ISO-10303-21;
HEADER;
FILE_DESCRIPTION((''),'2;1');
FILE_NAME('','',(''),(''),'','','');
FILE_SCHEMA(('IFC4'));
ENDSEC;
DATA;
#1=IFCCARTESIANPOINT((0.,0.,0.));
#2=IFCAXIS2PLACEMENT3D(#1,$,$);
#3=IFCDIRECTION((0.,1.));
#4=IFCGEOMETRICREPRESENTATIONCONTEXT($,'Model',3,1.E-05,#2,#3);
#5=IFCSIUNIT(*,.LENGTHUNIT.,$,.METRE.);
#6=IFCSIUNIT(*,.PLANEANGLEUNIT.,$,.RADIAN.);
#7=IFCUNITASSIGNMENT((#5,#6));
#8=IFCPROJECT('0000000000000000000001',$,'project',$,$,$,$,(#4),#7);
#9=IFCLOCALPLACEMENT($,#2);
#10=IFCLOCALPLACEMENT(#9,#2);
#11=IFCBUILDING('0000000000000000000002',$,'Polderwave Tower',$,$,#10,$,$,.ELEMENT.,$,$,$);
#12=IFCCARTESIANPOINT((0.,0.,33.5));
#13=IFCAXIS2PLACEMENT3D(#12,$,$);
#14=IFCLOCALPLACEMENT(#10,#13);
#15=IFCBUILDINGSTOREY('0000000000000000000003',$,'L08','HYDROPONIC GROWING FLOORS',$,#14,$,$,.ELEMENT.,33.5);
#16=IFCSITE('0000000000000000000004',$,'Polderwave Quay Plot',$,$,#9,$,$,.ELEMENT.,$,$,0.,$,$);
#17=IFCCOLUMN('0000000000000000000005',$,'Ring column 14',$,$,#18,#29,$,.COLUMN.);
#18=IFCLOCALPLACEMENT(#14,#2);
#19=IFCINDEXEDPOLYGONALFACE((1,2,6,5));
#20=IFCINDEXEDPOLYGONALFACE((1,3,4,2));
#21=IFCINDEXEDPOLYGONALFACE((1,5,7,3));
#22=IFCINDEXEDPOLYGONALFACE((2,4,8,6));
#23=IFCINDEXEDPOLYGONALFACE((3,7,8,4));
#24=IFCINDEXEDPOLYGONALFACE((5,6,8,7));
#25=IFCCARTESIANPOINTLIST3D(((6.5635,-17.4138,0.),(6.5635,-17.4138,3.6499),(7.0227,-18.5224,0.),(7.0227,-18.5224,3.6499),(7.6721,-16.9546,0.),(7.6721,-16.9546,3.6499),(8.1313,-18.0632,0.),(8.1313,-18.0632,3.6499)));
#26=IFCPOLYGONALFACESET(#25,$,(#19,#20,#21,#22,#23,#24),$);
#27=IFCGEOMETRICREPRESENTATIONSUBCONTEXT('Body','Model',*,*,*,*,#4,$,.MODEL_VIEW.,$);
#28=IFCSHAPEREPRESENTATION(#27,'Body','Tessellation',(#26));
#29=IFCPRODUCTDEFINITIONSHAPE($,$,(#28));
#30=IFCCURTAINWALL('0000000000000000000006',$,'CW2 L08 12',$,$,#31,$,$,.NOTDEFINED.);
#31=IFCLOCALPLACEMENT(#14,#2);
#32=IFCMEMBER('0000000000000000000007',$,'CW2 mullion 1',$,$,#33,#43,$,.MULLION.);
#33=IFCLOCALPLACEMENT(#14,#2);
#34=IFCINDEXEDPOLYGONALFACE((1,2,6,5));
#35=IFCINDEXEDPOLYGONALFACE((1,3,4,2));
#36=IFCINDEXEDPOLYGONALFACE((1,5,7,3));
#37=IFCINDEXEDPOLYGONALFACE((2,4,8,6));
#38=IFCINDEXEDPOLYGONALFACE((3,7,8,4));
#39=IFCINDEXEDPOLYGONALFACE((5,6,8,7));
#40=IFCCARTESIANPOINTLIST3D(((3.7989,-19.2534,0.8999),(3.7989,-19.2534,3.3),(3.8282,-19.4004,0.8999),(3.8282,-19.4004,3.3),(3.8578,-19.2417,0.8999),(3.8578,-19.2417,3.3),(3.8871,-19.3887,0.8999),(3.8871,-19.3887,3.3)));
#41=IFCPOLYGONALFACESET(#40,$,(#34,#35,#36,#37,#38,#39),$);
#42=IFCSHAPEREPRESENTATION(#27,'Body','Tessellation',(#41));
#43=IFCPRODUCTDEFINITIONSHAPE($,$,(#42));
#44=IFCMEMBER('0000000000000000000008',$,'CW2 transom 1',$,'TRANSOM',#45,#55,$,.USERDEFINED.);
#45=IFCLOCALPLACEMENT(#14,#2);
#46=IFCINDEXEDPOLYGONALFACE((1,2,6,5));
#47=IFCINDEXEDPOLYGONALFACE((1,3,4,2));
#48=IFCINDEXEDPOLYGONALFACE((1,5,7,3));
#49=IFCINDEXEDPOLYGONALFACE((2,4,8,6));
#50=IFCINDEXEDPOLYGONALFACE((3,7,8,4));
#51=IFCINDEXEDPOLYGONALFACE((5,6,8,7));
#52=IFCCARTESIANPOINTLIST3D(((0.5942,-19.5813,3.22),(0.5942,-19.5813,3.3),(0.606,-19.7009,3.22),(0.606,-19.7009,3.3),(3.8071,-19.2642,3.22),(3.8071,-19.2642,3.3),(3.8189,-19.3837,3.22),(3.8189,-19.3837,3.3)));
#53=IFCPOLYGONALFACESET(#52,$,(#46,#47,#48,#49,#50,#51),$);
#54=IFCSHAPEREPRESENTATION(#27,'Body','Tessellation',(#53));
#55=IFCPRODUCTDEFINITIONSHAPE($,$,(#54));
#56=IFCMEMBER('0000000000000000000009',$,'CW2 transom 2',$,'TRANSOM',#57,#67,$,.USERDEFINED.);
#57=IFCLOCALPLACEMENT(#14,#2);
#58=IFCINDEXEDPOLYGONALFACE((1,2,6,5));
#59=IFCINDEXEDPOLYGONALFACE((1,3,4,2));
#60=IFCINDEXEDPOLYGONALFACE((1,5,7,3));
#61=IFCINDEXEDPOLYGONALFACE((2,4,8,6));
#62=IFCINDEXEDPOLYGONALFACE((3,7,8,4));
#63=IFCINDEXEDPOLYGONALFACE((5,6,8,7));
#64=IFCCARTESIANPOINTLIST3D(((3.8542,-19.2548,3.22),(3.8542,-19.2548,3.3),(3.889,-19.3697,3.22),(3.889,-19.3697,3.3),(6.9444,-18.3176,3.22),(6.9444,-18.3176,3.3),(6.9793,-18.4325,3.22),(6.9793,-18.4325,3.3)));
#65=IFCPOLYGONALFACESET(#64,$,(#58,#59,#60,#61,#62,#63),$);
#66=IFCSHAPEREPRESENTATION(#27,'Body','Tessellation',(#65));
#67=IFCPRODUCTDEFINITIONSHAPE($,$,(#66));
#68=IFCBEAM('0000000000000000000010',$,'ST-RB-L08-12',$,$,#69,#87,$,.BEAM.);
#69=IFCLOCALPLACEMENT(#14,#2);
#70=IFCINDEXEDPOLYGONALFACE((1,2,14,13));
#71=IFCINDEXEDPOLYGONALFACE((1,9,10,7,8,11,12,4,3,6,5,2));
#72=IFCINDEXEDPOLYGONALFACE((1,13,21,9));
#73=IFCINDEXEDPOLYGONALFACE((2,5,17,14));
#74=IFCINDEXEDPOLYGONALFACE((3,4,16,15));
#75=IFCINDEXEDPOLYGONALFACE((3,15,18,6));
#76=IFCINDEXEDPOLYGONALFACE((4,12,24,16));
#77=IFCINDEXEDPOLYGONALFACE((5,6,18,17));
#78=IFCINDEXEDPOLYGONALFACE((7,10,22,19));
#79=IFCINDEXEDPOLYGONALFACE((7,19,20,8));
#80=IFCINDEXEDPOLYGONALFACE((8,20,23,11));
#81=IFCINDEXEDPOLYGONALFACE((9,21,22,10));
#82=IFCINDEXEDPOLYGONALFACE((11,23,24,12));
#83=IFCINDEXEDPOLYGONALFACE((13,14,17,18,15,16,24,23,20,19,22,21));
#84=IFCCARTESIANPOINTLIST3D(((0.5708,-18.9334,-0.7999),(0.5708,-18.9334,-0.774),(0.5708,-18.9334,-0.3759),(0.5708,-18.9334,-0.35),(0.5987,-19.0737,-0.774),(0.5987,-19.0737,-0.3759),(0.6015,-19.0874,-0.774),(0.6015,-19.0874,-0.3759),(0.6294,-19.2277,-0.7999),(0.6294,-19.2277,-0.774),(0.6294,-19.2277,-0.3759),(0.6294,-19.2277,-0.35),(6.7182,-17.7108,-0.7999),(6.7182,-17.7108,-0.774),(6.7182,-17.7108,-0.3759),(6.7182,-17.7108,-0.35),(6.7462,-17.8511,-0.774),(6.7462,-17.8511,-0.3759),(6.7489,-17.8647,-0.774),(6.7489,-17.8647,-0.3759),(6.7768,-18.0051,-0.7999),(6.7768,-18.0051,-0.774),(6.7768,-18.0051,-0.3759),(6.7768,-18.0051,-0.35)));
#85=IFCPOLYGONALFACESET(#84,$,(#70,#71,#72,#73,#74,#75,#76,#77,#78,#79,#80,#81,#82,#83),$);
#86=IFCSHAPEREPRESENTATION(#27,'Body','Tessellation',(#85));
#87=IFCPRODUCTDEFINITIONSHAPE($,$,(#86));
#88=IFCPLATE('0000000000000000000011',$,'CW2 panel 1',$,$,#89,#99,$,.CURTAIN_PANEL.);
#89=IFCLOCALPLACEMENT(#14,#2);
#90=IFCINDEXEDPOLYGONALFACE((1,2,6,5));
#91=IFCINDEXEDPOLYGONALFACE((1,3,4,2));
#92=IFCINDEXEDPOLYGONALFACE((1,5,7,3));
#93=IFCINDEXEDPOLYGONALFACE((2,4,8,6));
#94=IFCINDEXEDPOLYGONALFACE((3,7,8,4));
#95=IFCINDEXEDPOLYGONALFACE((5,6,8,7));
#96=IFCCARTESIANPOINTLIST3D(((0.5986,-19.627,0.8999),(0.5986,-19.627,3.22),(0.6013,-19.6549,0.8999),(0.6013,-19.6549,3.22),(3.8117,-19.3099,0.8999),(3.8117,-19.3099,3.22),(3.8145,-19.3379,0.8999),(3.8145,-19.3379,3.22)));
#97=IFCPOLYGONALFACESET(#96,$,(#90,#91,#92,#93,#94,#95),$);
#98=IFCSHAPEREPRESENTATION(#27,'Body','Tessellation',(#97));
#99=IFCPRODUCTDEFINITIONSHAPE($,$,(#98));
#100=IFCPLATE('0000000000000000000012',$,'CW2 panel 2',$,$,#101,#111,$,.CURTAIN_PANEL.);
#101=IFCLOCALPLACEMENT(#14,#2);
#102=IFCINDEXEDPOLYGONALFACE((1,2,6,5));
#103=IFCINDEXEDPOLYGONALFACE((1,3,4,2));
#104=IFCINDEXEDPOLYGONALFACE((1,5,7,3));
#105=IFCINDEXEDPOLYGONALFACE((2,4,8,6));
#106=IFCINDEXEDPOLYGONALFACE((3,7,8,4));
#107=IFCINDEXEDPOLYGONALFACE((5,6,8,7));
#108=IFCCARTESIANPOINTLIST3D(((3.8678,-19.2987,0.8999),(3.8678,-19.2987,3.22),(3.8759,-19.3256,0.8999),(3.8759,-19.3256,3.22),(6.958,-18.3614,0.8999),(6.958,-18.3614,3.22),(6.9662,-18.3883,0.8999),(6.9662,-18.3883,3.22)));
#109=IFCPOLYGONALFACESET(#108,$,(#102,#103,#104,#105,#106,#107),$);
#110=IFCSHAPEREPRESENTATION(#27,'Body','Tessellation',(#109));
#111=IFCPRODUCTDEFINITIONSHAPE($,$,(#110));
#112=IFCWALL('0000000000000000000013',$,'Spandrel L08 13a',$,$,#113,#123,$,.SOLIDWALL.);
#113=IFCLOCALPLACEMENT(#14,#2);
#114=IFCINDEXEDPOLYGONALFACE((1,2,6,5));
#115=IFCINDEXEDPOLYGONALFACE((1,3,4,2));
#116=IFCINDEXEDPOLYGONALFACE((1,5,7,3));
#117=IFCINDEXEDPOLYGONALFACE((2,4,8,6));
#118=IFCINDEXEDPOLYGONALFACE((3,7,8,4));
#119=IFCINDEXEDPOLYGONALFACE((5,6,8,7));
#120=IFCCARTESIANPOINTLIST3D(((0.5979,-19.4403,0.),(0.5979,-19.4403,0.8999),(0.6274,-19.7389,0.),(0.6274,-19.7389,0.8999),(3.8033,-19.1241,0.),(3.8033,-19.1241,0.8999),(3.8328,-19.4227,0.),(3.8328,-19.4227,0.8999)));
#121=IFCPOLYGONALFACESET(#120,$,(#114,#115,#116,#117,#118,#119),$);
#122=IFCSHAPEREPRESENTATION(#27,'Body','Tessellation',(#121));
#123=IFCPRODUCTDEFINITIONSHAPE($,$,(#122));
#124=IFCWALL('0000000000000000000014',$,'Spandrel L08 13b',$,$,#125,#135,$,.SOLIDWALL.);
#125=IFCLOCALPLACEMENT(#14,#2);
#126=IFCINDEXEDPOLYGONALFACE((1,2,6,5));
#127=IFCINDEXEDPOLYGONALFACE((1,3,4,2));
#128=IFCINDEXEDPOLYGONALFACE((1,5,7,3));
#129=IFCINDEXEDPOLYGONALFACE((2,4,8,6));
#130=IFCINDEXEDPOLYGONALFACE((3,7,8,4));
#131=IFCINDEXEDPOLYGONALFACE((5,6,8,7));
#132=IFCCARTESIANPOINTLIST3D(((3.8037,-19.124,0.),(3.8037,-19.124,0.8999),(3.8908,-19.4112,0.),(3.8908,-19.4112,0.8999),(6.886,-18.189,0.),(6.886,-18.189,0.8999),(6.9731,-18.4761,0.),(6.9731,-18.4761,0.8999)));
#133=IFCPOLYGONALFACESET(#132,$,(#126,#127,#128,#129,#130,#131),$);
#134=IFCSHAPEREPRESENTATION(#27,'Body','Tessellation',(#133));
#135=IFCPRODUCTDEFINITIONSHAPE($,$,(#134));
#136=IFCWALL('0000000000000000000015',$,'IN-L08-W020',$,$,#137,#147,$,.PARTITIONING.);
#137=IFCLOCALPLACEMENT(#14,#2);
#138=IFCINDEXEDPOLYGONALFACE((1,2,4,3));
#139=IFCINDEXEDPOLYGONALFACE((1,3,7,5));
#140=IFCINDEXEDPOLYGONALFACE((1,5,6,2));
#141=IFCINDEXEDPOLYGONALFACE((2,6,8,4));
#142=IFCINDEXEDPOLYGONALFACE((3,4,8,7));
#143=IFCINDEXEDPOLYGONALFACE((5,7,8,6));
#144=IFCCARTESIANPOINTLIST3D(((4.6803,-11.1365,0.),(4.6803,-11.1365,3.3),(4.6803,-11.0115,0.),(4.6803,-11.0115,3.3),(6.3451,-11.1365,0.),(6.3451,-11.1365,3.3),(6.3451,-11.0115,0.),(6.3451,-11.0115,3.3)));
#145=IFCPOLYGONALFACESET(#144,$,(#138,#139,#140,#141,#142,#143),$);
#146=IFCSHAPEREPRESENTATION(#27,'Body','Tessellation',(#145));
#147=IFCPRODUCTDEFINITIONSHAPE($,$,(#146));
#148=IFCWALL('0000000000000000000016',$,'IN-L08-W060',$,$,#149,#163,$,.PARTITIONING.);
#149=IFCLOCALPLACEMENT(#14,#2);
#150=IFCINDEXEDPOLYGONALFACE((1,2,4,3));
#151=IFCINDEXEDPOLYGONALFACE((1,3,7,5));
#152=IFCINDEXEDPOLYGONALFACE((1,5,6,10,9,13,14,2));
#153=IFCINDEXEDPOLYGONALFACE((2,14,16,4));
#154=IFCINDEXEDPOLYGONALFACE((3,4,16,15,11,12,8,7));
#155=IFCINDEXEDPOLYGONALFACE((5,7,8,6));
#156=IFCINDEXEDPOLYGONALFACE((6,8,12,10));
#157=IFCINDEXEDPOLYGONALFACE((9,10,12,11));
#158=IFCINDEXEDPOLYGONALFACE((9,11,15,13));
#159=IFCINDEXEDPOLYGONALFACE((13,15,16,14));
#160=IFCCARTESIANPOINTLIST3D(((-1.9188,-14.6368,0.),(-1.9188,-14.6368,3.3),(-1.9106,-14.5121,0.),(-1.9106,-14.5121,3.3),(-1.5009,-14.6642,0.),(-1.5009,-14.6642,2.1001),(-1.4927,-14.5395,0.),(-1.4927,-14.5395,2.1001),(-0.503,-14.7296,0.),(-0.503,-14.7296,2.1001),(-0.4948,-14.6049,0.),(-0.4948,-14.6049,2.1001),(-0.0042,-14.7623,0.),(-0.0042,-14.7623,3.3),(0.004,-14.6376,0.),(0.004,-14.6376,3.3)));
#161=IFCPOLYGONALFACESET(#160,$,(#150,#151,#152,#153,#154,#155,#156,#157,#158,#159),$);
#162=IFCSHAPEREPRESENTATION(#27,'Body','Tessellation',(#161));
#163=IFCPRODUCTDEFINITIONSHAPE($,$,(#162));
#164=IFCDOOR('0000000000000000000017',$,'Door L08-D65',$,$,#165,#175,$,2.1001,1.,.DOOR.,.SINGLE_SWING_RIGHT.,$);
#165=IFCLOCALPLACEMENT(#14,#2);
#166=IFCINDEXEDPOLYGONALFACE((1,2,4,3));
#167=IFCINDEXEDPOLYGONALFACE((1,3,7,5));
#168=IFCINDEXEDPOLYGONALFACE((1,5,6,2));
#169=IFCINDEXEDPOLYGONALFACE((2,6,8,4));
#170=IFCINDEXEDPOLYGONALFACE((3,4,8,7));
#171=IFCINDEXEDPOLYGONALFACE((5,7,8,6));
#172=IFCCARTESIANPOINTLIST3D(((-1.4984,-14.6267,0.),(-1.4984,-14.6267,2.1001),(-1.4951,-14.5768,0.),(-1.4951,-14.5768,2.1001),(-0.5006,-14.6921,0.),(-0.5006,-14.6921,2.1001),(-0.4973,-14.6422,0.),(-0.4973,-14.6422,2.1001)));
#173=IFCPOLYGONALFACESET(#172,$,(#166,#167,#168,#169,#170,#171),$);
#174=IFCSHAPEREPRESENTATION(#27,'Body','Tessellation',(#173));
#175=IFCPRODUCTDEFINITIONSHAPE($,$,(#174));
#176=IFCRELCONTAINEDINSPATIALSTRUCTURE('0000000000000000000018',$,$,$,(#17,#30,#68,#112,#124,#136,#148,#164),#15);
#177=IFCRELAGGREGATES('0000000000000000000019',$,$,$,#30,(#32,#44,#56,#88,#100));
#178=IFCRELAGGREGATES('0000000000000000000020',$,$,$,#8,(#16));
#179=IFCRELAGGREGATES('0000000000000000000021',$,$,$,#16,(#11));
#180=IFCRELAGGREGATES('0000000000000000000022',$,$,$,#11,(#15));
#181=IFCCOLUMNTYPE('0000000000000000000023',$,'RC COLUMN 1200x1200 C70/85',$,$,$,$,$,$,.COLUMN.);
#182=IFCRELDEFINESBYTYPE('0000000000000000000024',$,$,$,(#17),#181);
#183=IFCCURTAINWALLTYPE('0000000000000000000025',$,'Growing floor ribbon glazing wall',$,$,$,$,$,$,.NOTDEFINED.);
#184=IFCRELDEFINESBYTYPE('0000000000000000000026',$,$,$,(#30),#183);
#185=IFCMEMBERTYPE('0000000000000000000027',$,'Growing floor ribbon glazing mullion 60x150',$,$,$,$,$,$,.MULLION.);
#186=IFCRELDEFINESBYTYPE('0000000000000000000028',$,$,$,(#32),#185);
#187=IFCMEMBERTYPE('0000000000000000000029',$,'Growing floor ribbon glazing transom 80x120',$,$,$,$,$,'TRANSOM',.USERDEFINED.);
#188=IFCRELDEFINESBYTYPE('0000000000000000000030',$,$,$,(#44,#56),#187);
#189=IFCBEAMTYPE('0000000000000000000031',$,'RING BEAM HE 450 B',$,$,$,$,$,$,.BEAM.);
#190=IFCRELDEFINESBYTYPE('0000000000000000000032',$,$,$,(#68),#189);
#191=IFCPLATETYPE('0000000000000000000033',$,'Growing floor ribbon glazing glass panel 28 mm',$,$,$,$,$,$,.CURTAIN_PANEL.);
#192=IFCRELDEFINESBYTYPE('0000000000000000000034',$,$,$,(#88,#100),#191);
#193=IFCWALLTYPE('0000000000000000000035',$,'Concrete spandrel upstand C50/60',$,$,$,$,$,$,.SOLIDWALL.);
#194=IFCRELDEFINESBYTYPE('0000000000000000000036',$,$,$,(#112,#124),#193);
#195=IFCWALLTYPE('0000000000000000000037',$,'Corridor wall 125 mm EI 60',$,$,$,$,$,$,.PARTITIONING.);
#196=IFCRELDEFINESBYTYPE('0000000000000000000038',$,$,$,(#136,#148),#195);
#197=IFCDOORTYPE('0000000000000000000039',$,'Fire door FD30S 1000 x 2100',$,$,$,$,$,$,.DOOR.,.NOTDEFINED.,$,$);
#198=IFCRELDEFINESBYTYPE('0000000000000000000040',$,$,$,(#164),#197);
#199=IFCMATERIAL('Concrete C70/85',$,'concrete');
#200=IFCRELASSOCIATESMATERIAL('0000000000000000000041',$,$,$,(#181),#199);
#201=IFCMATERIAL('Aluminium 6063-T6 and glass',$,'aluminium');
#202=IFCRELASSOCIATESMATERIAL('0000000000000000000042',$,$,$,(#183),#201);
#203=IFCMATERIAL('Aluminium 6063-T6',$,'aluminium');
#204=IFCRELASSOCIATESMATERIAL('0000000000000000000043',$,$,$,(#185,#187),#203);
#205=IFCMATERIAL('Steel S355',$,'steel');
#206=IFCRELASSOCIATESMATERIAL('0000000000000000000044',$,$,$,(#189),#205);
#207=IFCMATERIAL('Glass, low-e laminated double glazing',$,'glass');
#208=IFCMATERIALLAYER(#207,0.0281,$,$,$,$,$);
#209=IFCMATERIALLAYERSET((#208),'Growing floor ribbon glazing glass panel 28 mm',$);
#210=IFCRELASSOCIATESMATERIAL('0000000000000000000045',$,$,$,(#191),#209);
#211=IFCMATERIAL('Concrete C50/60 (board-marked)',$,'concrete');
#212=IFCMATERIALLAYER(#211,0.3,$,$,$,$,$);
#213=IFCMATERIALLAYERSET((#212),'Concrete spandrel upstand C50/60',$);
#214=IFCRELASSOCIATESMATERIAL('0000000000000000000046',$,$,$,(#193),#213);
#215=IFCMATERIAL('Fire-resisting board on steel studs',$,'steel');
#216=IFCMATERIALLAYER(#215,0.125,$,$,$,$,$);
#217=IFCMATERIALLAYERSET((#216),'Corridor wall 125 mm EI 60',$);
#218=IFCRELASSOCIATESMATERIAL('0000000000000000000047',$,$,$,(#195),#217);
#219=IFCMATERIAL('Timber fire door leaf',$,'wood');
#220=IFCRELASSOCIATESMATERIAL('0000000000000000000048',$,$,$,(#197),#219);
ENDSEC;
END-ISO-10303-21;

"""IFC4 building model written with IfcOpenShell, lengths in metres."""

from ifc_helpers import new_model, si_unit, direction, frame, frame_2d, origin, origin_2d, place, context, subcontext, project, spatial, rectangle, i_section, extrude, material, layer, layer_set, material_profile, profile_set, type_object, element, fill, aggregate, save


model = new_model("IFC4")

# Units and contexts
model_context = context("Model", 3, precision=1e-05, world=origin(), true_north=direction((0.0, 1.0)))
body_context = subcontext(model_context, "Body", "Model", "MODEL_VIEW")
ifc_project = project(units=[si_unit("LENGTHUNIT", "METRE"), si_unit("PLANEANGLEUNIT", "RADIAN")], contexts=[model_context])

# Site, building, storey
site_placement = place(None, origin())
site = spatial("IfcSite", under=ifc_project, at=site_placement, Name="Polderwave Quay Plot", CompositionType="ELEMENT", RefElevation=0.0)
building_placement = place(site_placement, origin())
building = spatial("IfcBuilding", under=site, at=building_placement, Name="Polderwave Tower", CompositionType="ELEMENT")
storey_placement = place(building_placement, frame((0.0, 0.0, 33.5)))
storey = spatial("IfcBuildingStorey", under=building, at=storey_placement, Name="L08", Description="HYDROPONIC GROWING FLOORS", CompositionType="ELEMENT", Elevation=33.5)

# Column
ifc_material_1 = material(Name="Concrete C70/85", Category="concrete")
ifc_material_profile_1 = material_profile(ifc_material_1, rectangle(XDim=1.2, YDim=1.2, at=origin_2d()), Name="RC 1200x1200")
ifc_profile_set_1 = profile_set([ifc_material_profile_1], Name="Concrete C70/85")
column_type = type_object("IfcColumnType", Name="RC COLUMN 1200x1200 C70/85", PredefinedType="COLUMN", material=ifc_profile_set_1)
column_placement = place(storey_placement, frame((7.3474, -17.7385, 0.0), z_axis=(0.0, 0.0, 1.0), x_axis=(0.382683, -0.92388, 0.0)))
element("IfcColumn", 1, at=column_placement, inside=storey, type_object=column_type, Name="Ring column 14", PredefinedType="COLUMN", context=body_context, shape_type="SweptSolid", body=[
    extrude(rectangle(XDim=1.2, YDim=1.2, at=origin_2d()), origin(), (0.0, 0.0, 1.0), 3.6499),
])

# Curtain wall, members
ifc_material_2 = material(Name="Aluminium 6063-T6 and glass", Category="aluminium")
curtain_wall_type = type_object("IfcCurtainWallType", Name="Growing floor ribbon glazing wall", PredefinedType="NOTDEFINED", material=ifc_material_2)
curtain_wall_placement = place(storey_placement, origin())
curtain_wall = element("IfcCurtainWall", 2, at=curtain_wall_placement, inside=storey, type_object=curtain_wall_type, Name="CW2 L08 12", PredefinedType="NOTDEFINED")
ifc_material_3 = material(Name="Aluminium 6063-T6", Category="aluminium")
ifc_material_profile_2 = material_profile(ifc_material_3, rectangle(XDim=0.1499, YDim=0.0601, at=origin_2d()), Name="AL 60x150")
ifc_profile_set_2 = profile_set([ifc_material_profile_2], Name="Aluminium 6063-T6")
member_type_1 = type_object("IfcMemberType", Name="Growing floor ribbon glazing mullion 60x150", PredefinedType="MULLION", material=ifc_profile_set_2)
member_1_placement = place(storey_placement, frame((3.843, -19.321, 0.8999), z_axis=(0.0, 0.0, 1.0), x_axis=(-0.195159, 0.980772, 0.0)))
member_1 = element("IfcMember", 3, at=member_1_placement, type_object=member_type_1, Name="CW2 mullion 1", PredefinedType="MULLION", context=body_context, shape_type="SweptSolid", body=[
    extrude(rectangle(XDim=0.1499, YDim=0.0601, at=origin_2d()), origin(), (0.0, 0.0, 1.0), 2.4001),
])
ifc_material_profile_3 = material_profile(ifc_material_3, rectangle(XDim=0.1201, YDim=0.0801, at=origin_2d()), Name="AL 80x120")
ifc_profile_set_3 = profile_set([ifc_material_profile_3], Name="Aluminium 6063-T6")
member_type_2 = type_object("IfcMemberType", Name="Growing floor ribbon glazing transom 80x120", ElementType="TRANSOM", PredefinedType="USERDEFINED", material=ifc_profile_set_3)
member_2_placement = place(storey_placement, frame((0.6001, -19.6411, 3.26), z_axis=(0.995164, 0.098231, 0.0), x_axis=(-0.098231, 0.995164, 0.0)))
member_2 = element("IfcMember", 4, at=member_2_placement, type_object=member_type_2, Name="CW2 transom 1", ObjectType="TRANSOM", PredefinedType="USERDEFINED", context=body_context, shape_type="SweptSolid", body=[
    extrude(rectangle(XDim=0.1201, YDim=0.0801, at=origin_2d()), origin(), (0.0, 0.0, 1.0), 3.2285),
])
member_3_placement = place(storey_placement, frame((3.8716, -19.3123, 3.26), z_axis=(0.956956, 0.290232, 0.0), x_axis=(-0.290232, 0.956956, 0.0)))
member_3 = element("IfcMember", 5, at=member_3_placement, type_object=member_type_2, Name="CW2 transom 2", ObjectType="TRANSOM", PredefinedType="USERDEFINED", context=body_context, shape_type="SweptSolid", body=[
    extrude(rectangle(XDim=0.1201, YDim=0.0801, at=origin_2d()), origin(), (0.0, 0.0, 1.0), 3.2292),
])

# Beam
ifc_material_4 = material(Name="Steel S355", Category="steel")
ifc_material_profile_4 = material_profile(ifc_material_4, i_section(OverallWidth=0.3, OverallDepth=0.45, WebThickness=0.0139, FlangeThickness=0.0259, at=origin_2d()), Name="HE 450 B")
ifc_profile_set_4 = profile_set([ifc_material_profile_4], Name="Steel S355")
beam_type = type_object("IfcBeamType", Name="RING BEAM HE 450 B", PredefinedType="BEAM", material=ifc_profile_set_4)
beam_placement = place(storey_placement, frame((0.6001, -19.0806, -0.575), z_axis=(0.98079, 0.195067, 0.0), x_axis=(-0.195067, 0.98079, 0.0)))
element("IfcBeam", 6, at=beam_placement, inside=storey, type_object=beam_type, Name="ST-RB-L08-12", PredefinedType="BEAM", context=body_context, shape_type="SweptSolid", body=[
    extrude(i_section(OverallWidth=0.3, OverallDepth=0.45, WebThickness=0.0139, FlangeThickness=0.0259, at=origin_2d()), origin(), (0.0, 0.0, 1.0), 6.2678),
])

# Plates
ifc_material_5 = material(Name="Glass, low-e laminated double glazing", Category="glass")
ifc_layer_1 = layer(ifc_material_5, 0.0281)
ifc_layer_set_1 = layer_set([ifc_layer_1], Name="Growing floor ribbon glazing glass panel 28 mm")
plate_type = type_object("IfcPlateType", Name="Growing floor ribbon glazing glass panel 28 mm", PredefinedType="CURTAIN_PANEL", material=ifc_layer_set_1)
plate_1_placement = place(storey_placement, frame((2.2065, -19.4824, 0.8999), z_axis=(0.0, 0.0, 1.0), x_axis=(0.995167, 0.098198, 0.0)))
plate_1 = element("IfcPlate", 7, at=plate_1_placement, type_object=plate_type, Name="CW2 panel 1", PredefinedType="CURTAIN_PANEL", context=body_context, shape_type="SweptSolid", body=[
    extrude(rectangle(XDim=3.2288, YDim=0.0281, at=origin_2d()), origin(), (0.0, 0.0, 1.0), 2.3201),
])
plate_2_placement = place(storey_placement, frame((5.417, -18.8435, 0.8999), z_axis=(0.0, 0.0, 1.0), x_axis=(0.956952, 0.290246, 0.0)))
plate_2 = element("IfcPlate", 8, at=plate_2_placement, type_object=plate_type, Name="CW2 panel 2", PredefinedType="CURTAIN_PANEL", context=body_context, shape_type="SweptSolid", body=[
    extrude(rectangle(XDim=3.2292, YDim=0.0281, at=origin_2d()), origin(), (0.0, 0.0, 1.0), 2.3201),
])
aggregate(curtain_wall, [member_1, member_2, member_3, plate_1, plate_2])

# Walls
ifc_material_6 = material(Name="Concrete C50/60 (board-marked)", Category="concrete")
ifc_layer_2 = layer(ifc_material_6, 0.3)
ifc_layer_set_2 = layer_set([ifc_layer_2], Name="Concrete spandrel upstand C50/60")
wall_type_1 = type_object("IfcWallType", Name="Concrete spandrel upstand C50/60", PredefinedType="SOLIDWALL", material=ifc_layer_set_2)
for number, where, z_axis, x_axis, name in (
    (9, (0.6128, -19.5896, 0.0), (0.0, 0.0, 1.0), (0.995171, 0.09816, 0.0), "Spandrel L08 13a"),
    (10, (3.8474, -19.2676, 0.0), (0.0, 0.0, 1.0), (0.956935, 0.290302, 0.0), "Spandrel L08 13b"),
):
    element("IfcWall", number, at=place(storey_placement, frame(where, z_axis=z_axis, x_axis=x_axis)), inside=storey, type_object=wall_type_1, Name=name, PredefinedType="SOLIDWALL", context=body_context, shape_type="SweptSolid", body=[
        extrude(rectangle(XDim=3.2209, YDim=0.3, at=frame_2d((1.6104, 0.0))), origin(), (0.0, 0.0, 1.0), 0.8999),
    ])
ifc_material_7 = material(Name="Fire-resisting board on steel studs", Category="steel")
ifc_layer_3 = layer(ifc_material_7, 0.125)
ifc_layer_set_3 = layer_set([ifc_layer_3], Name="Corridor wall 125 mm EI 60")
wall_type_2 = type_object("IfcWallType", Name="Corridor wall 125 mm EI 60", PredefinedType="PARTITIONING", material=ifc_layer_set_3)
wall_1_placement = place(storey_placement, frame((6.3452, -11.074, 0.0), z_axis=(0.0, 0.0, 1.0), x_axis=(-1.0, 0.0, 0.0)))
element("IfcWall", 11, at=wall_1_placement, inside=storey, type_object=wall_type_2, Name="IN-L08-W020", PredefinedType="PARTITIONING", context=body_context, shape_type="SweptSolid", body=[
    extrude(rectangle(XDim=1.6648, YDim=0.125, at=frame_2d((0.8325, 0.0))), origin(), (0.0, 0.0, 1.0), 3.3),
])

# Wall, opening, door
wall_2_placement = place(storey_placement, frame((0.0, -14.7, 0.0), z_axis=(0.0, 0.0, 1.0), x_axis=(-0.997859, 0.065404, 0.0)))
wall_2 = element("IfcWall", 12, at=wall_2_placement, inside=storey, type_object=wall_type_2, Name="IN-L08-W060", PredefinedType="PARTITIONING", context=body_context, shape_type="SweptSolid", body=[
    extrude(rectangle(XDim=1.9187, YDim=0.125, at=frame_2d((0.9595, 0.0))), origin(), (0.0, 0.0, 1.0), 3.3),
])
opening_1_placement = place(wall_2_placement, frame((0.5, 0.0, 0.0)))
opening_1 = element("IfcOpeningElement", 13, at=opening_1_placement, cuts=wall_2, PredefinedType="OPENING", context=body_context, shape_type="SweptSolid", body=[
    extrude(rectangle(XDim=1.0, YDim=2.1001, at=frame_2d((0.5, 1.05))), frame((0.0, 0.0725, 0.0), z_axis=(0.0, -1.0, 0.0), x_axis=(1.0, 0.0, 0.0)), (0.0, 0.0, 1.0), 0.145),
])
ifc_material_8 = material(Name="Timber fire door leaf", Category="wood")
door_type = type_object("IfcDoorType", Name="Fire door FD30S 1000 x 2100", OperationType="NOTDEFINED", PredefinedType="DOOR", material=ifc_material_8)
door_1_placement = place(opening_1_placement, origin())
door_1 = element("IfcDoor", 14, at=door_1_placement, inside=storey, type_object=door_type, Name="Door L08-D65", OperationType="SINGLE_SWING_RIGHT", OverallHeight=2.1001, OverallWidth=1.0, PredefinedType="DOOR", context=body_context, shape_type="SweptSolid", body=[
    extrude(rectangle(XDim=1.0, YDim=2.1001, at=frame_2d((0.5, 1.05))), frame((0.0, 0.0249, 0.0), z_axis=(0.0, -1.0, 0.0), x_axis=(1.0, 0.0, 0.0)), (0.0, 0.0, 1.0), 0.05),
])
fill(opening_1, door_1)

save(model, "model.ifc")
